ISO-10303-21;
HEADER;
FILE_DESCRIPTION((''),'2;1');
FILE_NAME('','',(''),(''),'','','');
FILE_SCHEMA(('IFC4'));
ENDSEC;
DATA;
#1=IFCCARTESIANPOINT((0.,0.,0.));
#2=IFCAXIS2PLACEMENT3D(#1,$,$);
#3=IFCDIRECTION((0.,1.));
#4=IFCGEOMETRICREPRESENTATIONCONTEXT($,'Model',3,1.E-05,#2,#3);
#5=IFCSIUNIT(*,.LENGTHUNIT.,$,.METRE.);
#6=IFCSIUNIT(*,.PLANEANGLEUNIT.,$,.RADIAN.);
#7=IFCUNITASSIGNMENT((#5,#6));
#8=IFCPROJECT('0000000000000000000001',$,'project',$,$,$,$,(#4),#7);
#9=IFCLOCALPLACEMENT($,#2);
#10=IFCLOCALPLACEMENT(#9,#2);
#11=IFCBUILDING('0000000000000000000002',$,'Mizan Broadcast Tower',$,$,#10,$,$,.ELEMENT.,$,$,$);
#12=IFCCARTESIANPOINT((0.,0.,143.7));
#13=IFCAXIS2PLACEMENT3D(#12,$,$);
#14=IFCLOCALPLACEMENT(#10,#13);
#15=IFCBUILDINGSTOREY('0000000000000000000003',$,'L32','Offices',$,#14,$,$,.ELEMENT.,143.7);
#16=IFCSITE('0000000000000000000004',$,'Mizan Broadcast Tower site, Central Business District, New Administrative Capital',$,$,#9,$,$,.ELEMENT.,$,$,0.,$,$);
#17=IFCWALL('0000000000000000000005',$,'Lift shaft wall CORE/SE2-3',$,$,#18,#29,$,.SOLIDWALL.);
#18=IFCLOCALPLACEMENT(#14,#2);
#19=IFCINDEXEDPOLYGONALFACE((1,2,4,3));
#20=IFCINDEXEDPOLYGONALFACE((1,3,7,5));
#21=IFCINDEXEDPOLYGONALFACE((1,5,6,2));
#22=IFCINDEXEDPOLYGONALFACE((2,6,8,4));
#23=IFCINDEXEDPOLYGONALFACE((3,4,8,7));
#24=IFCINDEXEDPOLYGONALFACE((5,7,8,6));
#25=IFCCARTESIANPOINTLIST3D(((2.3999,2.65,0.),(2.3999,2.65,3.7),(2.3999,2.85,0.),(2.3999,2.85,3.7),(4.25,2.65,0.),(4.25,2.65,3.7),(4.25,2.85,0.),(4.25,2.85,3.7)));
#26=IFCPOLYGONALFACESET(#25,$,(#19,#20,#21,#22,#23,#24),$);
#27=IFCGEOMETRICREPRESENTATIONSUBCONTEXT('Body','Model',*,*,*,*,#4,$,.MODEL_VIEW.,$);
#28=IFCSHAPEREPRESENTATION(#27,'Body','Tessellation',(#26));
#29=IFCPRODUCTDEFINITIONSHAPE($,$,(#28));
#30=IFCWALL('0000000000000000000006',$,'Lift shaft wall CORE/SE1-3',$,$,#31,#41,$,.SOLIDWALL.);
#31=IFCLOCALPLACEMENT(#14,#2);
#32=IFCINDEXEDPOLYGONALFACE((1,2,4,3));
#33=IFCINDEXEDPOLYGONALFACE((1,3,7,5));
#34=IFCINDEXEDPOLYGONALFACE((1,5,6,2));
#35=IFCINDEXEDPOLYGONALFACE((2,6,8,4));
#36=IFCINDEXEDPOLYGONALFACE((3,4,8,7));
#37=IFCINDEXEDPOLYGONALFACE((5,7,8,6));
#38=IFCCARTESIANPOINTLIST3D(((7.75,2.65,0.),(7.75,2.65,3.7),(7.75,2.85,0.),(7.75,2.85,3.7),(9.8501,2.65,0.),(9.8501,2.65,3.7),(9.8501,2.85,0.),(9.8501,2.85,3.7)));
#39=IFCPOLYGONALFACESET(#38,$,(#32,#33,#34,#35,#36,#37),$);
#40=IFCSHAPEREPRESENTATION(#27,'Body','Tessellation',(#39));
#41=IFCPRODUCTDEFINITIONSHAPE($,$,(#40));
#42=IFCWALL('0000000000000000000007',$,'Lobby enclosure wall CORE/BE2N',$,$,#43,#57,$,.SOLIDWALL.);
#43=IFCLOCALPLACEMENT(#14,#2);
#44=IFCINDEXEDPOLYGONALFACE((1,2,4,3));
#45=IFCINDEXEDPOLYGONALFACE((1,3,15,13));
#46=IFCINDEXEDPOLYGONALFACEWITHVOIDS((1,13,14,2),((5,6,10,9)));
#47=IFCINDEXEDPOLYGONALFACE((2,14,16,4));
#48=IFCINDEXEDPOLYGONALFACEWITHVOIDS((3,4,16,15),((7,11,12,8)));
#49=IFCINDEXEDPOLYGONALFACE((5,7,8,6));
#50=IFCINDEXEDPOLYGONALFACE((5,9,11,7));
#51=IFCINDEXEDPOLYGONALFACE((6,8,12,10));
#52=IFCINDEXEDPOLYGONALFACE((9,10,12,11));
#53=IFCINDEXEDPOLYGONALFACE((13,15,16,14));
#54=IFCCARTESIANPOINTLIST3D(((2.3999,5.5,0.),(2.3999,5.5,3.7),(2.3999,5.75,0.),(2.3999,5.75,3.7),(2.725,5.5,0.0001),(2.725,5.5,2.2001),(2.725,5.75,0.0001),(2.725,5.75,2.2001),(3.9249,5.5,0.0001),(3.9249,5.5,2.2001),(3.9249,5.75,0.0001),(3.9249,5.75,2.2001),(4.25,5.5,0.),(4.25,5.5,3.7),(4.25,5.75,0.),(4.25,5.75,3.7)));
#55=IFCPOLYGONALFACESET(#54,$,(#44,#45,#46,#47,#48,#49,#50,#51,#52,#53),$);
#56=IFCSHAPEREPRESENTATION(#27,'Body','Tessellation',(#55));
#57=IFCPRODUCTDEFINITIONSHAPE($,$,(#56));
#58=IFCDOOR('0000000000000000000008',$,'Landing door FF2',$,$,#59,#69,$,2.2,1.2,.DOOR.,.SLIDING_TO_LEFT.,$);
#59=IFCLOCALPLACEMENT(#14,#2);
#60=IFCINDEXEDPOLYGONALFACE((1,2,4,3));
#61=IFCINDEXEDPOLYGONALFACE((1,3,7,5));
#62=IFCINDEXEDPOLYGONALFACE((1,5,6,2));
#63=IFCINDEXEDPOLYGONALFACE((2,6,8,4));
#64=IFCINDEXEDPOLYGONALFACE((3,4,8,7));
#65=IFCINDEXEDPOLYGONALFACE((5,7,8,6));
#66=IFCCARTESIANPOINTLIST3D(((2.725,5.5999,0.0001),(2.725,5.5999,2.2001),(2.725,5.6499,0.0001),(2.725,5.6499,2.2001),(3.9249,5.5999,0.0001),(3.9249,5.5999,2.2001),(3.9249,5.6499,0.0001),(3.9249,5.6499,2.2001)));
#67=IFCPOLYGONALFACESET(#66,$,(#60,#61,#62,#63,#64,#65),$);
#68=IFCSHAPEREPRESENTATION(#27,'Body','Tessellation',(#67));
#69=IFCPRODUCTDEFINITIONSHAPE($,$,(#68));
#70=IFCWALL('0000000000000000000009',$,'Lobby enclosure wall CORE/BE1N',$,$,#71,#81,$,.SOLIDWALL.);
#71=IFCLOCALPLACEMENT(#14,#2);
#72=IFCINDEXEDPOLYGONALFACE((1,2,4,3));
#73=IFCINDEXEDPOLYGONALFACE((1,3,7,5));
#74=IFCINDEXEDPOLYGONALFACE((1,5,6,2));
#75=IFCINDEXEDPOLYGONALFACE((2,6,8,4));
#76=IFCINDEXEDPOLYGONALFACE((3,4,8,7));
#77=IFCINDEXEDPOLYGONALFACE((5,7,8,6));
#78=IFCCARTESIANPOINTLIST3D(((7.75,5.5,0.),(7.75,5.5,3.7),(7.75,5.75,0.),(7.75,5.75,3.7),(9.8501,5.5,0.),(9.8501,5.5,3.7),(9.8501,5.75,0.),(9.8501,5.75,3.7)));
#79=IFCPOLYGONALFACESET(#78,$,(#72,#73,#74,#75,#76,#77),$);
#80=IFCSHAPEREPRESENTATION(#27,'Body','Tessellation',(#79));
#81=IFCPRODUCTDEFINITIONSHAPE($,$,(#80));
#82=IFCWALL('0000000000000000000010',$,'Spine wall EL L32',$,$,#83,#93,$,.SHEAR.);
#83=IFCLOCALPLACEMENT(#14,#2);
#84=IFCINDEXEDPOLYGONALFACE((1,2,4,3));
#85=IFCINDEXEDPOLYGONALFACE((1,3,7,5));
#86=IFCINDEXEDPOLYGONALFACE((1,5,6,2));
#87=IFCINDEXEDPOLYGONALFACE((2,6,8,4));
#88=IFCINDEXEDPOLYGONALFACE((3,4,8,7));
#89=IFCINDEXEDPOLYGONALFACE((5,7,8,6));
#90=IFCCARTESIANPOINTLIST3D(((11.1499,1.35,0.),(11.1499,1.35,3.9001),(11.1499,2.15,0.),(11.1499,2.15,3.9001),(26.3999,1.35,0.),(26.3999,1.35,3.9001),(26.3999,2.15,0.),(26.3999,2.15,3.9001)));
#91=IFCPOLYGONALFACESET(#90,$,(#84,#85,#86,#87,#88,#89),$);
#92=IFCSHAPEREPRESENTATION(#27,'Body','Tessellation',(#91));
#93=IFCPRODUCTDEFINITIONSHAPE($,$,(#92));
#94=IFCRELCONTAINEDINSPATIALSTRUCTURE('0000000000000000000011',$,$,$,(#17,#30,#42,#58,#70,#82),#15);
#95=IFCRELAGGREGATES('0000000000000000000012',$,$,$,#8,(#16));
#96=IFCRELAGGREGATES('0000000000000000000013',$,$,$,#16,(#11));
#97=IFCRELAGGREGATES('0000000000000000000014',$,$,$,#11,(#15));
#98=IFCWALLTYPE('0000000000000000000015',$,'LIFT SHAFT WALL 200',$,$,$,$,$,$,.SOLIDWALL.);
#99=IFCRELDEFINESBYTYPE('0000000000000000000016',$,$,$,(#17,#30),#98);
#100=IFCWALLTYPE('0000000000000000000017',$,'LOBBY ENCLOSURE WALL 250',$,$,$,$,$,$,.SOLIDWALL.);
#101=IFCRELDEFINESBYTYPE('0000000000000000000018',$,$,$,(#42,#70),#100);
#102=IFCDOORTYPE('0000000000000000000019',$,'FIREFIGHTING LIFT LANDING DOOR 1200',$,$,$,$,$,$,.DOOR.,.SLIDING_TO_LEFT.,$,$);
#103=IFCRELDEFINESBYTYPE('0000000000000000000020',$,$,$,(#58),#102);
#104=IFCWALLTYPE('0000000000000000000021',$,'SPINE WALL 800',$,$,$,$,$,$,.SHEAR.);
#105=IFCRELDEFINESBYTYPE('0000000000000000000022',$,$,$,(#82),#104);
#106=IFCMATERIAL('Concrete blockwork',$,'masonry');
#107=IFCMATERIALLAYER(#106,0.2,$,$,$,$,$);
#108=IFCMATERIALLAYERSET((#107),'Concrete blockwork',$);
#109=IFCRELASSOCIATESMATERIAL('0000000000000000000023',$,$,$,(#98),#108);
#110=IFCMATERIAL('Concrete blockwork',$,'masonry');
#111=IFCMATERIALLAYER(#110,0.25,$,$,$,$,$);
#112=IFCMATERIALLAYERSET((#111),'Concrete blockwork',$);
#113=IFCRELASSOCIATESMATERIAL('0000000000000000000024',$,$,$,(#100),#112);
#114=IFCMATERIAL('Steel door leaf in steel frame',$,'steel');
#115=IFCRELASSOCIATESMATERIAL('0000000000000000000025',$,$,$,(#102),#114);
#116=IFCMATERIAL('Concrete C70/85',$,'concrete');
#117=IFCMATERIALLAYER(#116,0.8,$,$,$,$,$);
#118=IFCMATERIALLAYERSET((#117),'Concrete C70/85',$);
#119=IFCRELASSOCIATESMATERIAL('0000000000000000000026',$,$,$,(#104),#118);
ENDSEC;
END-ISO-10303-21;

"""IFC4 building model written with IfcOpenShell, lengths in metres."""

from ifc_helpers import new_model, si_unit, direction, frame, frame_2d, origin, place, context, subcontext, project, spatial, rectangle, extrude, material, layer, layer_set, type_object, element, fill, save


model = new_model("IFC4")

# Units and contexts
model_context = context("Model", 3, precision=1e-05, world=origin(), true_north=direction((0.0, 1.0)))
body_context = subcontext(model_context, "Body", "Model", "MODEL_VIEW")
ifc_project = project(units=[si_unit("LENGTHUNIT", "METRE"), si_unit("PLANEANGLEUNIT", "RADIAN")], contexts=[model_context])

# Site, building, storey
site_placement = place(None, origin())
site = spatial("IfcSite", under=ifc_project, at=site_placement, Name="Mizan Broadcast Tower site, Central Business District, New Administrative Capital", CompositionType="ELEMENT", RefElevation=0.0)
building_placement = place(site_placement, origin())
building = spatial("IfcBuilding", under=site, at=building_placement, Name="Mizan Broadcast Tower", CompositionType="ELEMENT")
storey_placement = place(building_placement, frame((0.0, 0.0, 143.7)))
storey = spatial("IfcBuildingStorey", under=building, at=storey_placement, Name="L32", Description="Offices", CompositionType="ELEMENT", Elevation=143.7)

# Walls
ifc_material_1 = material(Name="Concrete blockwork", Category="masonry")
ifc_layer_1 = layer(ifc_material_1, 0.2)
ifc_layer_set_1 = layer_set([ifc_layer_1], Name="Concrete blockwork")
wall_type_1 = type_object("IfcWallType", Name="LIFT SHAFT WALL 200", PredefinedType="SOLIDWALL", material=ifc_layer_set_1)
wall_1_placement = place(storey_placement, frame((2.3999, 2.75, 0.0), z_axis=(0.0, 0.0, 1.0), x_axis=(1.0, 0.0, 0.0)))
element("IfcWall", 1, at=wall_1_placement, inside=storey, type_object=wall_type_1, Name="Lift shaft wall CORE/SE2-3", PredefinedType="SOLIDWALL", context=body_context, shape_type="SweptSolid", body=[
    extrude(rectangle(XDim=1.8501, YDim=0.2, at=frame_2d((0.925, 0.0))), origin(), (0.0, 0.0, 1.0), 3.7),
])
wall_2_placement = place(storey_placement, frame((7.75, 2.75, 0.0), z_axis=(0.0, 0.0, 1.0), x_axis=(1.0, 0.0, 0.0)))
element("IfcWall", 2, at=wall_2_placement, inside=storey, type_object=wall_type_1, Name="Lift shaft wall CORE/SE1-3", PredefinedType="SOLIDWALL", context=body_context, shape_type="SweptSolid", body=[
    extrude(rectangle(XDim=2.1001, YDim=0.2, at=frame_2d((1.05, 0.0))), origin(), (0.0, 0.0, 1.0), 3.7),
])

# Wall, opening, door
ifc_material_2 = material(Name="Concrete blockwork", Category="masonry")
ifc_layer_2 = layer(ifc_material_2, 0.25)
ifc_layer_set_2 = layer_set([ifc_layer_2], Name="Concrete blockwork")
wall_type_2 = type_object("IfcWallType", Name="LOBBY ENCLOSURE WALL 250", PredefinedType="SOLIDWALL", material=ifc_layer_set_2)
wall_3_placement = place(storey_placement, frame((2.3999, 5.625, 0.0), z_axis=(0.0, 0.0, 1.0), x_axis=(1.0, 0.0, 0.0)))
wall_3 = element("IfcWall", 3, at=wall_3_placement, inside=storey, type_object=wall_type_2, Name="Lobby enclosure wall CORE/BE2N", PredefinedType="SOLIDWALL", context=body_context, shape_type="SweptSolid", body=[
    extrude(rectangle(XDim=1.8501, YDim=0.25, at=frame_2d((0.925, 0.0))), origin(), (0.0, 0.0, 1.0), 3.7),
])
opening_1_placement = place(wall_3_placement, frame((0.325, 0.0, 0.0)))
opening_1 = element("IfcOpeningElement", 4, at=opening_1_placement, cuts=wall_3, PredefinedType="OPENING", context=body_context, shape_type="SweptSolid", body=[
    extrude(rectangle(XDim=1.2, YDim=2.2, at=frame_2d((0.6001, 1.1001))), frame((0.0, 0.135, 0.0), z_axis=(0.0, -1.0, 0.0), x_axis=(1.0, 0.0, 0.0)), (0.0, 0.0, 1.0), 0.27),
])
ifc_material_3 = material(Name="Steel door leaf in steel frame", Category="steel")
door_type_1 = type_object("IfcDoorType", Name="FIREFIGHTING LIFT LANDING DOOR 1200", OperationType="SLIDING_TO_LEFT", PredefinedType="DOOR", material=ifc_material_3)
door_1_placement = place(opening_1_placement, origin())
door_1 = element("IfcDoor", 5, at=door_1_placement, inside=storey, type_object=door_type_1, Name="Landing door FF2", OperationType="SLIDING_TO_LEFT", OverallHeight=2.2, OverallWidth=1.2, PredefinedType="DOOR", context=body_context, shape_type="SweptSolid", body=[
    extrude(rectangle(XDim=1.2, YDim=2.2, at=frame_2d((0.6001, 1.1001))), frame((0.0, 0.0249, 0.0), z_axis=(0.0, -1.0, 0.0), x_axis=(1.0, 0.0, 0.0)), (0.0, 0.0, 1.0), 0.05),
])
fill(opening_1, door_1)

# Walls
wall_4_placement = place(storey_placement, frame((7.75, 5.625, 0.0), z_axis=(0.0, 0.0, 1.0), x_axis=(1.0, 0.0, 0.0)))
element("IfcWall", 6, at=wall_4_placement, inside=storey, type_object=wall_type_2, Name="Lobby enclosure wall CORE/BE1N", PredefinedType="SOLIDWALL", context=body_context, shape_type="SweptSolid", body=[
    extrude(rectangle(XDim=2.1001, YDim=0.25, at=frame_2d((1.05, 0.0))), origin(), (0.0, 0.0, 1.0), 3.7),
])
ifc_material_4 = material(Name="Concrete C70/85", Category="concrete")
ifc_layer_3 = layer(ifc_material_4, 0.8)
ifc_layer_set_3 = layer_set([ifc_layer_3], Name="Concrete C70/85")
wall_type_3 = type_object("IfcWallType", Name="SPINE WALL 800", PredefinedType="SHEAR", material=ifc_layer_set_3)
wall_5_placement = place(storey_placement, frame((11.1499, 1.75, 0.0), z_axis=(0.0, 0.0, 1.0), x_axis=(1.0, 0.0, 0.0)))
element("IfcWall", 7, at=wall_5_placement, inside=storey, type_object=wall_type_3, Name="Spine wall EL L32", PredefinedType="SHEAR", context=body_context, shape_type="SweptSolid", body=[
    extrude(rectangle(XDim=15.25, YDim=0.8, at=frame_2d((7.625, 0.0))), origin(), (0.0, 0.0, 1.0), 3.9001),
])

save(model, "model.ifc")
